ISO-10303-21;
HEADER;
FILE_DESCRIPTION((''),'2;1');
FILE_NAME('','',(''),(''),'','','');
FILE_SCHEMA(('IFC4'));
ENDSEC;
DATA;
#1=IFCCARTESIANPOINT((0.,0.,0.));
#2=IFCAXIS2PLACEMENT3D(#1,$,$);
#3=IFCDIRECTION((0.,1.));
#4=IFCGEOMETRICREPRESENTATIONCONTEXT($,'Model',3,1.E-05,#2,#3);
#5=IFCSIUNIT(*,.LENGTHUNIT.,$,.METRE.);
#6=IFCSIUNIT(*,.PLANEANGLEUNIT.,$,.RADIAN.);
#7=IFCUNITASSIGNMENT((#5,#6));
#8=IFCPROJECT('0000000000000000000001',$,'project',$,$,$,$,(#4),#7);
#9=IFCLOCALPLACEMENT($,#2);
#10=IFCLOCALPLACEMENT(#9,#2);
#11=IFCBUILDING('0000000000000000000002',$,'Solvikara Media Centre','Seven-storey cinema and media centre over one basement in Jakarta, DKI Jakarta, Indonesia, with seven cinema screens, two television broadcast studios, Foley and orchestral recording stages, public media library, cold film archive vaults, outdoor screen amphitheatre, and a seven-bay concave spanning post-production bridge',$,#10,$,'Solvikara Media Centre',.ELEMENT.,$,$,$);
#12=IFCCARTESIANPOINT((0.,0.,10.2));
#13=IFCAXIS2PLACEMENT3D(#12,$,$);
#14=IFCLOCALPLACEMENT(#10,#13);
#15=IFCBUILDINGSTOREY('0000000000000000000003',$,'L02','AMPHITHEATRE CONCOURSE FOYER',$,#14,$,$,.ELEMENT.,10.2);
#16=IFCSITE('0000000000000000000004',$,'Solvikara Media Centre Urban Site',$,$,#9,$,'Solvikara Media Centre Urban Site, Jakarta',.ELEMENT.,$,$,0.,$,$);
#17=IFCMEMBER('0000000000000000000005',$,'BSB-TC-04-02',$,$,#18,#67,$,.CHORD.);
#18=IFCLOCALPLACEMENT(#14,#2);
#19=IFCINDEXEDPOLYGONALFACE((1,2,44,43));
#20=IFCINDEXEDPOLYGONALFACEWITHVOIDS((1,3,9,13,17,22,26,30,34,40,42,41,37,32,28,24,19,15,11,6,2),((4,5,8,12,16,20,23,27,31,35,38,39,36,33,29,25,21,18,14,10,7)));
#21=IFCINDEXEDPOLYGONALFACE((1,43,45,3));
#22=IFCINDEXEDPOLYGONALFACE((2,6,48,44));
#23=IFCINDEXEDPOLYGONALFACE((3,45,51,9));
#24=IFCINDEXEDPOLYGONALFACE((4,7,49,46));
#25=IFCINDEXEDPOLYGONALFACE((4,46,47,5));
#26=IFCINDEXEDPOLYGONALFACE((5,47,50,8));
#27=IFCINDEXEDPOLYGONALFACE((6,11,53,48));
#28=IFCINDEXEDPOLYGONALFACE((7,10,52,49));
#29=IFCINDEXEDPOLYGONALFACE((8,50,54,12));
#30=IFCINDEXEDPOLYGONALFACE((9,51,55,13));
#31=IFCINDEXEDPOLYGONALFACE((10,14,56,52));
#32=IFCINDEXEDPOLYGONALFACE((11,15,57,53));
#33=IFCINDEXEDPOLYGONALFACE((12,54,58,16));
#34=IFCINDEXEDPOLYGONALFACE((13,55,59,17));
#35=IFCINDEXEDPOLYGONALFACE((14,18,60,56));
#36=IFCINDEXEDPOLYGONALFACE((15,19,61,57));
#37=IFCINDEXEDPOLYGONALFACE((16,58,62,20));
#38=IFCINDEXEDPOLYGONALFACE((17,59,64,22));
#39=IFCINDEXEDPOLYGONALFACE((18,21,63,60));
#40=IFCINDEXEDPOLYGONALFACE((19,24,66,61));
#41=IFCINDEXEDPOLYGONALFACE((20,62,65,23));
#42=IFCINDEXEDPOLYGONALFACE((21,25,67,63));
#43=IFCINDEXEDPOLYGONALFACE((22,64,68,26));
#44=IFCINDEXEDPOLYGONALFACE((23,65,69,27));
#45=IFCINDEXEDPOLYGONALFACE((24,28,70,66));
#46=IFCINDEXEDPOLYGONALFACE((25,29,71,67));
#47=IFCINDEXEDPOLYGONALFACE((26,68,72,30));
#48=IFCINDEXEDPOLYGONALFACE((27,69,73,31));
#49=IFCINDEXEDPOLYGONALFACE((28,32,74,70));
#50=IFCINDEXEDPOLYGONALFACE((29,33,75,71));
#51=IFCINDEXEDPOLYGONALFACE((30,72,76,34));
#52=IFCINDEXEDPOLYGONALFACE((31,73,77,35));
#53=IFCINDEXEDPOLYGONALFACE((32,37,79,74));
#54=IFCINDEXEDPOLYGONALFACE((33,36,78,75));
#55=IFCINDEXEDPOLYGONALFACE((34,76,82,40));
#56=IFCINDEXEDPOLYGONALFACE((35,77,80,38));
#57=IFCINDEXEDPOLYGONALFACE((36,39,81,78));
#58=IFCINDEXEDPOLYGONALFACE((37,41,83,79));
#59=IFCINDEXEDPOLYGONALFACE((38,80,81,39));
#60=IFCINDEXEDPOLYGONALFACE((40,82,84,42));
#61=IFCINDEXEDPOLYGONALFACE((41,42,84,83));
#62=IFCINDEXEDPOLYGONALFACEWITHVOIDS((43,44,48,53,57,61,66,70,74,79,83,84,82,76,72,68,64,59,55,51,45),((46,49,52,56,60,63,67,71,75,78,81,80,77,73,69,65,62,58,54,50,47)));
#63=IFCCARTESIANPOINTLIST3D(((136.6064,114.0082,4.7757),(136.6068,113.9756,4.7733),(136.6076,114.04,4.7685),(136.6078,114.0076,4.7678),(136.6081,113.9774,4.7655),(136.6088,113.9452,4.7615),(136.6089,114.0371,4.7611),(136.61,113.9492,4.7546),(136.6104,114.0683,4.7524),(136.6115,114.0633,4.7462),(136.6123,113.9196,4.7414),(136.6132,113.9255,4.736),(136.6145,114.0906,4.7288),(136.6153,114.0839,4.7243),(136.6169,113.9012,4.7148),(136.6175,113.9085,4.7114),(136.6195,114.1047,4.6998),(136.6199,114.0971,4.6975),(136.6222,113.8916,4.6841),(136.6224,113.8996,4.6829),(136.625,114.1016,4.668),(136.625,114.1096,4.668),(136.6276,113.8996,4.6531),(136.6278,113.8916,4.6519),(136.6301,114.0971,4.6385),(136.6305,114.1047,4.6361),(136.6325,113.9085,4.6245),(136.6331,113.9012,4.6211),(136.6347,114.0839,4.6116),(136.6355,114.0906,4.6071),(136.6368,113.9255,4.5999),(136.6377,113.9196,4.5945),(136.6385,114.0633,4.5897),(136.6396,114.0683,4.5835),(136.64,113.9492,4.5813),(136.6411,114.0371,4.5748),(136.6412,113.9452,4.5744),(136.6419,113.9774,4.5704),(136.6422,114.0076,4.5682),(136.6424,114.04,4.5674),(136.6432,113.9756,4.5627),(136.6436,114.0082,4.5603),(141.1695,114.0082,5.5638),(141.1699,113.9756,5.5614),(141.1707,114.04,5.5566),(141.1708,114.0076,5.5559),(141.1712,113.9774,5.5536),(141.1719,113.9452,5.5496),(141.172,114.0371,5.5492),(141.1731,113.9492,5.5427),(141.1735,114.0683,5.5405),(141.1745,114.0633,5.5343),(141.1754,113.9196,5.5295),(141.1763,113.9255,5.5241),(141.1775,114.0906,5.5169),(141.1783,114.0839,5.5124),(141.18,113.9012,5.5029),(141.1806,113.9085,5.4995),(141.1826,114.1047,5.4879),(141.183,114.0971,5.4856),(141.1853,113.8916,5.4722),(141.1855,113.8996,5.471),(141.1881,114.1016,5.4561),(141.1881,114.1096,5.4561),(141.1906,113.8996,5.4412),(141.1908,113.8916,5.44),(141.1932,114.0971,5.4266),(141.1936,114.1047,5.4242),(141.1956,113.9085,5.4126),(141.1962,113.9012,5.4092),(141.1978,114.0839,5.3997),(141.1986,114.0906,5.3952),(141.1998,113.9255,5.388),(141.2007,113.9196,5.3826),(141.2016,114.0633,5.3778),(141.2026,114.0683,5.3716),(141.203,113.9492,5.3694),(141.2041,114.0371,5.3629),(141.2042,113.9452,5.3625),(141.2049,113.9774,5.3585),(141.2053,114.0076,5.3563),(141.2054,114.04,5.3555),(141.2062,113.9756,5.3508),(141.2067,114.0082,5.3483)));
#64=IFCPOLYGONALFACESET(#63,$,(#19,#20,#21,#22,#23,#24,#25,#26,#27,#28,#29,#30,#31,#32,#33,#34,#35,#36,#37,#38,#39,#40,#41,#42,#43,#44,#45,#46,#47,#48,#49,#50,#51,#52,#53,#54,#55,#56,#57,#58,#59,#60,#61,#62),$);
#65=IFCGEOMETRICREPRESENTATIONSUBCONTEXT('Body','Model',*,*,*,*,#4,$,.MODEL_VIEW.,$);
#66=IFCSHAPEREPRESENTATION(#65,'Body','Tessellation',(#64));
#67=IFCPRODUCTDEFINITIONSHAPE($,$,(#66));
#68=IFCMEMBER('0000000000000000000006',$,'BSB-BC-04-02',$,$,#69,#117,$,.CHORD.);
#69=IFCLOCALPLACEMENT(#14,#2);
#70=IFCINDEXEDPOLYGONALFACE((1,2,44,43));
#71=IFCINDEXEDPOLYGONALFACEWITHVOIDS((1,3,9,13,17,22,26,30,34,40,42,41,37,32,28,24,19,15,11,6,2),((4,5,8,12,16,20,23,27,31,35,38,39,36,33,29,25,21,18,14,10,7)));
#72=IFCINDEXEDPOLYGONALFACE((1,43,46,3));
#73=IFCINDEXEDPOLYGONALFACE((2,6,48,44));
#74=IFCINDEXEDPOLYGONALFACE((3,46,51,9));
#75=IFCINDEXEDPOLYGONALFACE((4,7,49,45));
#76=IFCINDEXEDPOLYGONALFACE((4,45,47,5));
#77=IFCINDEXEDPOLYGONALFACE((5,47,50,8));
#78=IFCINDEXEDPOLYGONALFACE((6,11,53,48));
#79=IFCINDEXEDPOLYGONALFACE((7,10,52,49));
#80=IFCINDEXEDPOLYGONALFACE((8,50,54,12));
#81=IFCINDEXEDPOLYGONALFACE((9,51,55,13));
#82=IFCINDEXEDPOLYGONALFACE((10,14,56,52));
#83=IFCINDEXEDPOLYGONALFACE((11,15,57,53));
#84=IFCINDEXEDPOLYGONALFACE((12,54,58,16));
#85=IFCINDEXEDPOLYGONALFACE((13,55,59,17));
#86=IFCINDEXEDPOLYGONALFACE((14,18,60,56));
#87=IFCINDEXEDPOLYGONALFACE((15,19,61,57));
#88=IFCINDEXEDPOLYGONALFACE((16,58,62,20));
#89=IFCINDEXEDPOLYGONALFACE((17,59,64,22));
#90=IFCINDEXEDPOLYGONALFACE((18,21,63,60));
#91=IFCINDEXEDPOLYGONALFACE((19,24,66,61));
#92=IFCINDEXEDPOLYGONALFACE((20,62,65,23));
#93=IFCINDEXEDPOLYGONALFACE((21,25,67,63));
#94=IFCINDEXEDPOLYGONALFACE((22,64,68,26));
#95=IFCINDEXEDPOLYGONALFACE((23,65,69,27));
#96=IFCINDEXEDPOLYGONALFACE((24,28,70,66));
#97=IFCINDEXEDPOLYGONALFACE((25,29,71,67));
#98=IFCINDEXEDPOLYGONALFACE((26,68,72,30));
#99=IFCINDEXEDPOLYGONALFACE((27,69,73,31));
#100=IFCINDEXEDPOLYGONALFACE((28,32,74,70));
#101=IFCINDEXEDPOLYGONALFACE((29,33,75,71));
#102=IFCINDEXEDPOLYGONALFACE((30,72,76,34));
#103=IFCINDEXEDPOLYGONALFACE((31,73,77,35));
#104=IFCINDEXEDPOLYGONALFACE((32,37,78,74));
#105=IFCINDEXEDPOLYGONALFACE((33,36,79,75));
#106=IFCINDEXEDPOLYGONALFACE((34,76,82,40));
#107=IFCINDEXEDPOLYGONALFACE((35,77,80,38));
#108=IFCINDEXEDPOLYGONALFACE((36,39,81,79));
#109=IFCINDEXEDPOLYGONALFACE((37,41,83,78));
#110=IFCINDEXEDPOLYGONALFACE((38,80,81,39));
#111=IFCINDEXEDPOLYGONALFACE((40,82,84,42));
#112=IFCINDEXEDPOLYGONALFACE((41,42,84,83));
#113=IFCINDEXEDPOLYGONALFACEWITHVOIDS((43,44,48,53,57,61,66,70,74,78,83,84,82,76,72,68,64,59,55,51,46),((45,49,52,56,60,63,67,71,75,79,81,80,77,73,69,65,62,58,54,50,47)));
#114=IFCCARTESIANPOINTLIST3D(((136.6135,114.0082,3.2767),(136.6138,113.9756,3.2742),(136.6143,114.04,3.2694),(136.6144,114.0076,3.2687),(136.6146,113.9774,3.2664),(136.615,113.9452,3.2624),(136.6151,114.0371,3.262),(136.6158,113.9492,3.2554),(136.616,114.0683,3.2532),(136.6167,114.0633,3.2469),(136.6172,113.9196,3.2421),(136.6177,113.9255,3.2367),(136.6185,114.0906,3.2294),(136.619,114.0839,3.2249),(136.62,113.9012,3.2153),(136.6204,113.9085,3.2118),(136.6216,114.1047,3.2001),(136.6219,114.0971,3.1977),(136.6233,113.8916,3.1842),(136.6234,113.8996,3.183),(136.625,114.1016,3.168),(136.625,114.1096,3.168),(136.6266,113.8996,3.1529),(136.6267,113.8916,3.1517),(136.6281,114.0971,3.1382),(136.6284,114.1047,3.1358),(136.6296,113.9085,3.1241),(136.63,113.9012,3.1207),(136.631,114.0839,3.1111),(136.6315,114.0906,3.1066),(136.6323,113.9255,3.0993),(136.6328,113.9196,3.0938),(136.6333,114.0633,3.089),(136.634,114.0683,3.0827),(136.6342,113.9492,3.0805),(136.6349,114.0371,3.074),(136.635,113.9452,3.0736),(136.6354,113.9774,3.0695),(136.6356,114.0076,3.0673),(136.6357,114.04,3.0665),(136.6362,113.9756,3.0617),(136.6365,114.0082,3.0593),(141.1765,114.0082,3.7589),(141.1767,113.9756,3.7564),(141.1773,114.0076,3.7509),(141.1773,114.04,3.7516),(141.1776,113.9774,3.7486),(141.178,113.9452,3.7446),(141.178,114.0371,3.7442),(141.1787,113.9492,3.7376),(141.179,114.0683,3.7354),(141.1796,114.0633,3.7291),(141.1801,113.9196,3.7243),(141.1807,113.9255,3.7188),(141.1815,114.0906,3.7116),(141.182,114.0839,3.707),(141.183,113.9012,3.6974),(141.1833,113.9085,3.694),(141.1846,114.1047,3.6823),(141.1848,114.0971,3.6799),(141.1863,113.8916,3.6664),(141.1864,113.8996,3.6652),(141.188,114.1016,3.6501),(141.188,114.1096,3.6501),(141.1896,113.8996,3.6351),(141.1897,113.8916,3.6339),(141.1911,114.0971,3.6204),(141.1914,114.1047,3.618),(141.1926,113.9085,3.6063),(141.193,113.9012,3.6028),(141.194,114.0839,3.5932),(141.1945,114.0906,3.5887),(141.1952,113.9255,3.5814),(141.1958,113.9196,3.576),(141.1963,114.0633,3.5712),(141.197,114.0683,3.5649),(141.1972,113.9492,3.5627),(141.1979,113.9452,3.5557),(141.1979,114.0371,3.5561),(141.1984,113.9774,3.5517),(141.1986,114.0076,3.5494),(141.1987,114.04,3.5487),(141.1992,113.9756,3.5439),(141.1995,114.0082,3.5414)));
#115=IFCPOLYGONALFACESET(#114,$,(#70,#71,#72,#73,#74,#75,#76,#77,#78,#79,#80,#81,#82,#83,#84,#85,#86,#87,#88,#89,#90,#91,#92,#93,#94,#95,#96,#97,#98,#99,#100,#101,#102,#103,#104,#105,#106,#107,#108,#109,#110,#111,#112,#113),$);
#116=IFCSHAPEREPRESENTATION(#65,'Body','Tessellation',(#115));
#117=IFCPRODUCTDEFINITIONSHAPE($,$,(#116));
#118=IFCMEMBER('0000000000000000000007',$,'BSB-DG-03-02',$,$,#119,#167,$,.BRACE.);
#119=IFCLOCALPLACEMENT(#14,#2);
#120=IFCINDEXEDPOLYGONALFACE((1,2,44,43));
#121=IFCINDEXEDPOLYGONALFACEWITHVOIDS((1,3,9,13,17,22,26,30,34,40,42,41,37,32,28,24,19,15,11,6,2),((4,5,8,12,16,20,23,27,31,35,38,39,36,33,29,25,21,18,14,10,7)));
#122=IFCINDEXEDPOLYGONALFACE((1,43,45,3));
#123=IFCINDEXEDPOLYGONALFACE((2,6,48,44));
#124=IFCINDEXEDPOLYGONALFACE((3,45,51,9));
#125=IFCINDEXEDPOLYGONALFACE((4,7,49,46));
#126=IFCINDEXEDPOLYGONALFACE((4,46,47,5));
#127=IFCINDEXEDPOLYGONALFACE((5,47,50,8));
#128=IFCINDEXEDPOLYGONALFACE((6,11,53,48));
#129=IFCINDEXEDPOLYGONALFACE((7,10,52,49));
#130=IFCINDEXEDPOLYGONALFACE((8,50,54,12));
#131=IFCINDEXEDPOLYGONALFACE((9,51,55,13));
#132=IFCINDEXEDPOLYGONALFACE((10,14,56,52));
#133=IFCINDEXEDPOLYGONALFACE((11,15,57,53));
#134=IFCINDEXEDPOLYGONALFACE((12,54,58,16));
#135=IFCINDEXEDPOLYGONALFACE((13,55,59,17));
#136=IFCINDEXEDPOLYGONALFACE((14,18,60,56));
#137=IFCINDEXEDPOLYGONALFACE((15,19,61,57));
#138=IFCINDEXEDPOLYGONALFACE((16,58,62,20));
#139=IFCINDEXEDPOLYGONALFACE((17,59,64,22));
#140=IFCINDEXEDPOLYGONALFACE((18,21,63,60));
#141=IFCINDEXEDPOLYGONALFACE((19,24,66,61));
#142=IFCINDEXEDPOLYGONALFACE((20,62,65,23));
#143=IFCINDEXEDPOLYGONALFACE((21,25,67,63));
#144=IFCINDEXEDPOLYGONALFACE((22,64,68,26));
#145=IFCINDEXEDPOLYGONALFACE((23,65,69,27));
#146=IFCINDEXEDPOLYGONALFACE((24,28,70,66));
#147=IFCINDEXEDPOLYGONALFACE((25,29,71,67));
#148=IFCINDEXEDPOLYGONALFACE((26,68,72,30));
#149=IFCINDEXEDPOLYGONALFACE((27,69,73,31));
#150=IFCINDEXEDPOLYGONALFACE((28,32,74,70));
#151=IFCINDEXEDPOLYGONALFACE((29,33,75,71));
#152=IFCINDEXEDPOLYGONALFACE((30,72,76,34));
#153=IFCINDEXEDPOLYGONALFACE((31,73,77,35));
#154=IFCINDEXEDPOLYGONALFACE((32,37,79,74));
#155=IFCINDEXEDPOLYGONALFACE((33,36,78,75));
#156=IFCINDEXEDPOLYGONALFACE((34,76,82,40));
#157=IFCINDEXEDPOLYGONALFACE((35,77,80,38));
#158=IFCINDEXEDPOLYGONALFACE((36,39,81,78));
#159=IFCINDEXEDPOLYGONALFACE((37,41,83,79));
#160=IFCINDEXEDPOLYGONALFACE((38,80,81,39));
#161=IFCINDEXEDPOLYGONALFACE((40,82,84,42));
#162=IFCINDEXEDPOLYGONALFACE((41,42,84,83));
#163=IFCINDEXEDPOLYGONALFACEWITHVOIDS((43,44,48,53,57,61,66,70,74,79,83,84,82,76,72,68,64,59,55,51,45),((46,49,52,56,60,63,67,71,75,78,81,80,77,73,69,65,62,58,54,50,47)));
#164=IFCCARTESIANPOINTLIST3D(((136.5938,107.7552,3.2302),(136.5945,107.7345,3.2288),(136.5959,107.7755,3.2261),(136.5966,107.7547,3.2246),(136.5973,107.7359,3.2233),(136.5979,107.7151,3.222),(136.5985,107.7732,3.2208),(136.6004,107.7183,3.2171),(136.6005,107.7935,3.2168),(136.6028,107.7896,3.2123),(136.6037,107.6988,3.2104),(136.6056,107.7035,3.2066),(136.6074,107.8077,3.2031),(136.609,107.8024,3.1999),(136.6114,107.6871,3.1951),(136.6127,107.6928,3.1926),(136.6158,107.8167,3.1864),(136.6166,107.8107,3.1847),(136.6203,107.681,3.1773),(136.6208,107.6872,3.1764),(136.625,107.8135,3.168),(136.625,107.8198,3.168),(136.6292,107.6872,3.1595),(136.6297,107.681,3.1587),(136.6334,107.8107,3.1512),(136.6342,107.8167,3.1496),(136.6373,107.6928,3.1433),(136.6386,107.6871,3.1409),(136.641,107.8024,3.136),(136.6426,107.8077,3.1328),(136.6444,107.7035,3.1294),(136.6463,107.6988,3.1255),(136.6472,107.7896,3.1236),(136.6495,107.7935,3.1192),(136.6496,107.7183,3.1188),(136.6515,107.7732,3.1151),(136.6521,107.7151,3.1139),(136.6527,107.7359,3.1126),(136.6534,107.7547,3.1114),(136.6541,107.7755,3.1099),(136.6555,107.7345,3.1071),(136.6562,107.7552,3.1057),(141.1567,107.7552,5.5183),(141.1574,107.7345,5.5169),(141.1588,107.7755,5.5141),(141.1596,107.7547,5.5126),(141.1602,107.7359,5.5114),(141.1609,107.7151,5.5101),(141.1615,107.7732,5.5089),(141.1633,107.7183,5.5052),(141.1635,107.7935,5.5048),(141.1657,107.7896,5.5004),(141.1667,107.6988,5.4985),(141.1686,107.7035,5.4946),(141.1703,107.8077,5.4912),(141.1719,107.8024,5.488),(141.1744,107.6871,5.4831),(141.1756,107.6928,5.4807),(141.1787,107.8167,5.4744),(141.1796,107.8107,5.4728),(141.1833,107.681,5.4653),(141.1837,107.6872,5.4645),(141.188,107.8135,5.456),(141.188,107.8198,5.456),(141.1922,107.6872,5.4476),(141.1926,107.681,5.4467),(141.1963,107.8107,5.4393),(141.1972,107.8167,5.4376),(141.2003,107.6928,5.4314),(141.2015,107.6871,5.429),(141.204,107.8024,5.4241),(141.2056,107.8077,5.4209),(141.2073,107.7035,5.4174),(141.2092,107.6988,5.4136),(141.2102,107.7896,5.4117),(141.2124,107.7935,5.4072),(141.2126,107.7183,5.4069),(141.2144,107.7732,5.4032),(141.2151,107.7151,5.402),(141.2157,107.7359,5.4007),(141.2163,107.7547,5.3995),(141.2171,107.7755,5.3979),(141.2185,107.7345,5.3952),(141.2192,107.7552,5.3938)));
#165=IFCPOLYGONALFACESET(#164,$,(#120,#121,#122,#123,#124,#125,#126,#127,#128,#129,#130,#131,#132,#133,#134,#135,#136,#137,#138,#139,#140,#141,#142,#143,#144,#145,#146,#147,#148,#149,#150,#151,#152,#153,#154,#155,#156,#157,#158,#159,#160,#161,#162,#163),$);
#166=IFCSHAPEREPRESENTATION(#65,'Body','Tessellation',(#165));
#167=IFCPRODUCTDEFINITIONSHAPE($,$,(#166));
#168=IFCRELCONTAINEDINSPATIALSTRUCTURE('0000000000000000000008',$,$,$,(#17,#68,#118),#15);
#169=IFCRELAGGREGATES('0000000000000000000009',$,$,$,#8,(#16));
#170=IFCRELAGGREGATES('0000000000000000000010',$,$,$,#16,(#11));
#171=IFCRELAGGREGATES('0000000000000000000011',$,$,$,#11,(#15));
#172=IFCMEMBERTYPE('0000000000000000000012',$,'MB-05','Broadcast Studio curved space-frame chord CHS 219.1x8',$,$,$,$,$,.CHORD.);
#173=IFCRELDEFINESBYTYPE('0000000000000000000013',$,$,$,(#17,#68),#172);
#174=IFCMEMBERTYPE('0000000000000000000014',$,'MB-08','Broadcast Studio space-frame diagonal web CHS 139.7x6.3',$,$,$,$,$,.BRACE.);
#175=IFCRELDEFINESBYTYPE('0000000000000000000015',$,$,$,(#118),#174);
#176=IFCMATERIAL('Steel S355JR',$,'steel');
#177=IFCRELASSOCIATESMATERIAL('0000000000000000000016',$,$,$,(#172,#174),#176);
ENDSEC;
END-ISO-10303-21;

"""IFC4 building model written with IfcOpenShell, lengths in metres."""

from ifc_helpers import new_model, si_unit, direction, frame, origin, origin_2d, place, context, subcontext, project, spatial, hollow_circle, extrude, material, material_profile, profile_set, type_object, element, save


model = new_model("IFC4")

# Units and contexts
model_context = context("Model", 3, precision=1e-05, world=origin(), true_north=direction((0.0, 1.0)))
body_context = subcontext(model_context, "Body", "Model", "MODEL_VIEW")
ifc_project = project(units=[si_unit("LENGTHUNIT", "METRE"), si_unit("PLANEANGLEUNIT", "RADIAN")], contexts=[model_context])

# Site, building, storey
site_placement = place(None, origin())
site = spatial("IfcSite", under=ifc_project, at=site_placement, Name="Solvikara Media Centre Urban Site", LongName="Solvikara Media Centre Urban Site, Jakarta", CompositionType="ELEMENT", RefElevation=0.0)
building_placement = place(site_placement, origin())
building = spatial("IfcBuilding", under=site, at=building_placement, Name="Solvikara Media Centre", Description="Seven-storey cinema and media centre over one basement in Jakarta, DKI Jakarta, Indonesia, with seven cinema screens, two television broadcast studios, Foley and orchestral recording stages, public media library, cold film archive vaults, outdoor screen amphitheatre, and a seven-bay concave spanning post-production bridge", LongName="Solvikara Media Centre", CompositionType="ELEMENT")
storey_placement = place(building_placement, frame((0.0, 0.0, 10.2)))
storey = spatial("IfcBuildingStorey", under=building, at=storey_placement, Name="L02", Description="AMPHITHEATRE CONCOURSE FOYER", CompositionType="ELEMENT", Elevation=10.2)

# Members
ifc_material_1 = material(Name="Steel S355JR", Category="steel")
ifc_material_profile_1 = material_profile(ifc_material_1, hollow_circle(Radius=0.1096, WallThickness=0.0081, at=origin_2d()), Name="CHS 219.1x8")
ifc_profile_set_1 = profile_set([ifc_material_profile_1], Name="Steel S355JR")
member_type_1 = type_object("IfcMemberType", Name="MB-05", Description="Broadcast Studio curved space-frame chord CHS 219.1x8", PredefinedType="CHORD", material=ifc_profile_set_1)
member_1_placement = place(storey_placement, frame((136.625, 114.0, 4.668), z_axis=(0.985411, 0.0, 0.170193), x_axis=(0.0, 1.0, 0.0)))
element("IfcMember", 1, at=member_1_placement, inside=storey, type_object=member_type_1, Name="BSB-TC-04-02", PredefinedType="CHORD", context=body_context, shape_type="SweptSolid", body=[
    extrude(hollow_circle(Radius=0.1096, WallThickness=0.0081, at=origin_2d()), origin(), (0.0, 0.0, 1.0), 4.6306),
])
member_2_placement = place(storey_placement, frame((136.625, 114.0, 3.168), z_axis=(0.994463, 0.0, 0.105086), x_axis=(0.0, 1.0, 0.0)))
element("IfcMember", 2, at=member_2_placement, inside=storey, type_object=member_type_1, Name="BSB-BC-04-02", PredefinedType="CHORD", context=body_context, shape_type="SweptSolid", body=[
    extrude(hollow_circle(Radius=0.1096, WallThickness=0.0081, at=origin_2d()), origin(), (0.0, 0.0, 1.0), 4.5884),
])
ifc_material_profile_2 = material_profile(ifc_material_1, hollow_circle(Radius=0.0698, WallThickness=0.0063, at=origin_2d()), Name="CHS 139.7x6.3")
ifc_profile_set_2 = profile_set([ifc_material_profile_2], Name="Steel S355JR")
member_type_2 = type_object("IfcMemberType", Name="MB-08", Description="Broadcast Studio space-frame diagonal web CHS 139.7x6.3", PredefinedType="BRACE", material=ifc_profile_set_2)
member_3_placement = place(storey_placement, frame((136.625, 107.75, 3.168), z_axis=(0.89391, 0.0, 0.448246), x_axis=(0.0, 1.0, 0.0)))
element("IfcMember", 3, at=member_3_placement, inside=storey, type_object=member_type_2, Name="BSB-DG-03-02", PredefinedType="BRACE", context=body_context, shape_type="SweptSolid", body=[
    extrude(hollow_circle(Radius=0.0698, WallThickness=0.0063, at=origin_2d()), origin(), (0.0, 0.0, 1.0), 5.1045),
])

save(model, "model.ifc")
